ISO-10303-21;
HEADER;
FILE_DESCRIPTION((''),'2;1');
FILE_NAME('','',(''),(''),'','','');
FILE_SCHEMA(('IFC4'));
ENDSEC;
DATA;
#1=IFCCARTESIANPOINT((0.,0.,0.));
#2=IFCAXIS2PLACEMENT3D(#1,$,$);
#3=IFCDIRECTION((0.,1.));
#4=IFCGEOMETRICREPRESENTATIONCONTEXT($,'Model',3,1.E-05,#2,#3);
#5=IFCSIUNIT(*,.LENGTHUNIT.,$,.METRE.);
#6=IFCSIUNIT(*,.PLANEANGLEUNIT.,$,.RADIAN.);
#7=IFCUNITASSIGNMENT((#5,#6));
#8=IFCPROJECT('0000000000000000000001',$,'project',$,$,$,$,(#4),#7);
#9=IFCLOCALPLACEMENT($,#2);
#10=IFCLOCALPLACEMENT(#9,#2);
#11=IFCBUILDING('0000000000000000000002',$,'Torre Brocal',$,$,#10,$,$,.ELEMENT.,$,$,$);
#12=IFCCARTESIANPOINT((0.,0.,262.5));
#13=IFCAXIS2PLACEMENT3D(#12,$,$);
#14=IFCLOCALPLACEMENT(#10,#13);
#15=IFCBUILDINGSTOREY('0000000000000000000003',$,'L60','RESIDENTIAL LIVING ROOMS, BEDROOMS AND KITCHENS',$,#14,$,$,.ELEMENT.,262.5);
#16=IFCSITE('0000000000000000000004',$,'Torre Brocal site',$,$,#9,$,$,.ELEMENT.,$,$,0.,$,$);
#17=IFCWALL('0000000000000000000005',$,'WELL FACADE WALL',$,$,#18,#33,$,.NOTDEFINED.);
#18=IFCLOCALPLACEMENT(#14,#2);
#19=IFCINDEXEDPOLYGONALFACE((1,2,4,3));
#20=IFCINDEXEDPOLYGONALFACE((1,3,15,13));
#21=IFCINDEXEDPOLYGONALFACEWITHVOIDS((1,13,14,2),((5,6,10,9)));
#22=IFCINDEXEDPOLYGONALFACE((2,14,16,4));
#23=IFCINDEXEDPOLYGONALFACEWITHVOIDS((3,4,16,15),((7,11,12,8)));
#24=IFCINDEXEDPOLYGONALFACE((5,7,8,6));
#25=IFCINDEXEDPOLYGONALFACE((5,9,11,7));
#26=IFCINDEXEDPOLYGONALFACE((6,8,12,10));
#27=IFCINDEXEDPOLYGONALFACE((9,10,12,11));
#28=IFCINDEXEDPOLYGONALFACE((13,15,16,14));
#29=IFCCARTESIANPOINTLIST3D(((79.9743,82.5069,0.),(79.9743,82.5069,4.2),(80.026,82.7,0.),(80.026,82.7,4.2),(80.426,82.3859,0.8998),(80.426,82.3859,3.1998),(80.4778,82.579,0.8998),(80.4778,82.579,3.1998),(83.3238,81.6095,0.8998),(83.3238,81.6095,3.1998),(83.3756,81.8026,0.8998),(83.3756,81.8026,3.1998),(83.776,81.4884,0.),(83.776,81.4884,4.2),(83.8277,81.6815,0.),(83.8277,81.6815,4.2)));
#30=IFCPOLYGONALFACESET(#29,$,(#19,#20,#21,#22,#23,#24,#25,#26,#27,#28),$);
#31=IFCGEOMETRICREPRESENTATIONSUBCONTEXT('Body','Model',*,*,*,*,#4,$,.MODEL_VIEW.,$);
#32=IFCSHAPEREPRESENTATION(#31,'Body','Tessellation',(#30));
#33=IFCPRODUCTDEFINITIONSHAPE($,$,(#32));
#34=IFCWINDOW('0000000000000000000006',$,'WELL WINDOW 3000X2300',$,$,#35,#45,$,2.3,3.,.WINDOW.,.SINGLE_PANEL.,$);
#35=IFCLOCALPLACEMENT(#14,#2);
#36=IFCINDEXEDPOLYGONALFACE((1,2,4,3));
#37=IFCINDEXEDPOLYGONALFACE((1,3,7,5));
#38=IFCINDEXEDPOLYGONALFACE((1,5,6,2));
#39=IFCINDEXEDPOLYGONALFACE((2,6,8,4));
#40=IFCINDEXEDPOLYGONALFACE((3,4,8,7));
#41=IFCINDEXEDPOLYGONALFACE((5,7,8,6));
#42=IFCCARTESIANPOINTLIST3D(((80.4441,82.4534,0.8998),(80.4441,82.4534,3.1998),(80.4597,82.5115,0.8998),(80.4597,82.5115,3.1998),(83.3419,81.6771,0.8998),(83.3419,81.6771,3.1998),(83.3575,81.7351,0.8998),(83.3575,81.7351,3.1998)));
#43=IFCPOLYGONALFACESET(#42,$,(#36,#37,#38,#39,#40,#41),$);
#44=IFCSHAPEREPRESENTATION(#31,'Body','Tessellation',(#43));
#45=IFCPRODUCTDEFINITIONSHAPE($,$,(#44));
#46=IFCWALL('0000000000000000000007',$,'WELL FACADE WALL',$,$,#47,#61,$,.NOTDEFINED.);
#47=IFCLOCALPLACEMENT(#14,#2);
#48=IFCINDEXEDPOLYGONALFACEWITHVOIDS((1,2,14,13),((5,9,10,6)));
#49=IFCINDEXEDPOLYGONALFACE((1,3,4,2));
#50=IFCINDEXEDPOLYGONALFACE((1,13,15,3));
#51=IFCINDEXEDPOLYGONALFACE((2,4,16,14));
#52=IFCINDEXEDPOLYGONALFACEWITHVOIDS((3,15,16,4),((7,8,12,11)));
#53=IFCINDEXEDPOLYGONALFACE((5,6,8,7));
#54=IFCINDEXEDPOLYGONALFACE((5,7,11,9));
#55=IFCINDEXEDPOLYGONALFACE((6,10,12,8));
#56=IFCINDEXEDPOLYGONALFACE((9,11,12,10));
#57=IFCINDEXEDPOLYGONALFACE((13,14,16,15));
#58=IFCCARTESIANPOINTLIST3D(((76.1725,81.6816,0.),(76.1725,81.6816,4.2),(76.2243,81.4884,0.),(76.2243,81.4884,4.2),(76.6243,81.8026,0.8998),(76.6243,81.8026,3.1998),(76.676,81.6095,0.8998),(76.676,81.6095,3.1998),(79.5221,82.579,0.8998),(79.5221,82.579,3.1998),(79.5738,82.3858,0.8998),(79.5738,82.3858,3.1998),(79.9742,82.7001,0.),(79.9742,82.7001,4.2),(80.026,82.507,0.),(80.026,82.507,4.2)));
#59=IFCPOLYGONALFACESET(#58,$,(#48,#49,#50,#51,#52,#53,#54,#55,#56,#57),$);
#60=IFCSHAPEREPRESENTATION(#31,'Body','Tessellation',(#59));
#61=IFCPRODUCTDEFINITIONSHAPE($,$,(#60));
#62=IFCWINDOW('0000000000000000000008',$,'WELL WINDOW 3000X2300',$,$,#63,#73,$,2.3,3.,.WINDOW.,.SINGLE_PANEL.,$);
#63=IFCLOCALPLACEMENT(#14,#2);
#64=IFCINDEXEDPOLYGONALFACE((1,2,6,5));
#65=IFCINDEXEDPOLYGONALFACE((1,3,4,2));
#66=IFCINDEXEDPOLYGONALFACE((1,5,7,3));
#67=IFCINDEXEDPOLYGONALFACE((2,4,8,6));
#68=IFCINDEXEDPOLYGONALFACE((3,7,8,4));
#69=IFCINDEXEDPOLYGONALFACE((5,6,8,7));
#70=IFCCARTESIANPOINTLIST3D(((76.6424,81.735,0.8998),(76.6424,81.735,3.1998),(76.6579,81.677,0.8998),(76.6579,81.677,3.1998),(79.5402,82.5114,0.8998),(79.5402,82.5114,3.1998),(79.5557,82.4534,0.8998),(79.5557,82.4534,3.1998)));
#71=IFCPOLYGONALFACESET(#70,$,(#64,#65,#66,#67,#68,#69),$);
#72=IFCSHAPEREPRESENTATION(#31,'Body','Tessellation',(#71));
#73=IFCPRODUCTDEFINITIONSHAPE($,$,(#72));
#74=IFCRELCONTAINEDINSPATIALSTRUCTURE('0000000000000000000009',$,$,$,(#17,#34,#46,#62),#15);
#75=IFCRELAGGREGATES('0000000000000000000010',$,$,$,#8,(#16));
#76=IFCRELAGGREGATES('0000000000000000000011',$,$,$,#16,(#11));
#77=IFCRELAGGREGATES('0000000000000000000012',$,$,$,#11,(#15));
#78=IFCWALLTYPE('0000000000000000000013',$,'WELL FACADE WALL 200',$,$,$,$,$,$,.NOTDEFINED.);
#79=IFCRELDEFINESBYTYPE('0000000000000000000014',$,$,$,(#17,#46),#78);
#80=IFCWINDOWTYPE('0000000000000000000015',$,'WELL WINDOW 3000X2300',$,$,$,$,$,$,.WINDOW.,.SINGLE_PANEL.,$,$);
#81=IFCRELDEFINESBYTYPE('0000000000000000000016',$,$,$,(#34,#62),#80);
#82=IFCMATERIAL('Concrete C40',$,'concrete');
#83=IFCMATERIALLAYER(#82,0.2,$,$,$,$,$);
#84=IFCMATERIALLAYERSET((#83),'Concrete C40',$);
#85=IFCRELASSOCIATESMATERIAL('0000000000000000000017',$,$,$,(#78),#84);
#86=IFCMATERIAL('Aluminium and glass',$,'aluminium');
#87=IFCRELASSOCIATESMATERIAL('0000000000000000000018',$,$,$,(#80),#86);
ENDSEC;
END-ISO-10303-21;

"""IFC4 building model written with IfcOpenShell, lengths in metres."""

from ifc_helpers import new_model, si_unit, direction, frame, frame_2d, origin, place, context, subcontext, project, spatial, rectangle, extrude, material, layer, layer_set, type_object, element, fill, save


model = new_model("IFC4")

# Units and contexts
model_context = context("Model", 3, precision=1e-05, world=origin(), true_north=direction((0.0, 1.0)))
body_context = subcontext(model_context, "Body", "Model", "MODEL_VIEW")
ifc_project = project(units=[si_unit("LENGTHUNIT", "METRE"), si_unit("PLANEANGLEUNIT", "RADIAN")], contexts=[model_context])

# Site, building, storey
site_placement = place(None, origin())
site = spatial("IfcSite", under=ifc_project, at=site_placement, Name="Torre Brocal site", CompositionType="ELEMENT", RefElevation=0.0)
building_placement = place(site_placement, origin())
building = spatial("IfcBuilding", under=site, at=building_placement, Name="Torre Brocal", CompositionType="ELEMENT")
storey_placement = place(building_placement, frame((0.0, 0.0, 262.5)))
storey = spatial("IfcBuildingStorey", under=building, at=storey_placement, Name="L60", Description="RESIDENTIAL LIVING ROOMS, BEDROOMS AND KITCHENS", CompositionType="ELEMENT", Elevation=262.5)

# Walls, openings, windows
ifc_material_1 = material(Name="Concrete C40", Category="concrete")
ifc_layer_1 = layer(ifc_material_1, 0.2)
ifc_layer_set_1 = layer_set([ifc_layer_1], Name="Concrete C40")
wall_type_1 = type_object("IfcWallType", Name="WELL FACADE WALL 200", PredefinedType="NOTDEFINED", material=ifc_layer_set_1)
ifc_material_2 = material(Name="Aluminium and glass", Category="aluminium")
window_type = type_object("IfcWindowType", Name="WELL WINDOW 3000X2300", PartitioningType="SINGLE_PANEL", PredefinedType="WINDOW", material=ifc_material_2)
wall_1_placement = place(storey_placement, frame((83.8018, 81.585, 0.0), z_axis=(0.0, 0.0, 1.0), x_axis=(-0.965934, 0.25879, 0.0)))
wall_1 = element("IfcWall", 1, at=wall_1_placement, inside=storey, type_object=wall_type_1, Name="WELL FACADE WALL", PredefinedType="NOTDEFINED", context=body_context, shape_type="SweptSolid", body=[
    extrude(rectangle(XDim=3.9358, YDim=0.2, at=frame_2d((1.9678, 0.0))), origin(), (0.0, 0.0, 1.0), 4.2),
])
opening_1_placement = place(wall_1_placement, frame((0.468, 0.0, 0.8999)))
opening_1 = element("IfcOpeningElement", 2, at=opening_1_placement, cuts=wall_1, PredefinedType="OPENING", context=body_context, shape_type="SweptSolid", body=[
    extrude(rectangle(XDim=3.0, YDim=2.3, at=frame_2d((1.5, 1.1499))), frame((0.0, 0.1099, 0.0), z_axis=(0.0, -1.0, 0.0), x_axis=(1.0, 0.0, 0.0)), (0.0, 0.0, 1.0), 0.22),
])
window_1_placement = place(opening_1_placement, origin())
window_1 = element("IfcWindow", 3, at=window_1_placement, inside=storey, type_object=window_type, Name="WELL WINDOW 3000X2300", OverallHeight=2.3, OverallWidth=3.0, PartitioningType="SINGLE_PANEL", PredefinedType="WINDOW", context=body_context, shape_type="SweptSolid", body=[
    extrude(rectangle(XDim=3.0, YDim=2.3, at=frame_2d((1.5, 1.1499))), frame((0.0, 0.03, 0.0), z_axis=(0.0, -1.0, 0.0), x_axis=(1.0, 0.0, 0.0)), (0.0, 0.0, 1.0), 0.0601),
])
fill(opening_1, window_1)
wall_2_placement = place(storey_placement, frame((80.0, 82.6035, 0.0), z_axis=(0.0, 0.0, 1.0), x_axis=(-0.965934, -0.25879, 0.0)))
wall_2 = element("IfcWall", 4, at=wall_2_placement, inside=storey, type_object=wall_type_1, Name="WELL FACADE WALL", PredefinedType="NOTDEFINED", context=body_context, shape_type="SweptSolid", body=[
    extrude(rectangle(XDim=3.9358, YDim=0.2, at=frame_2d((1.9678, 0.0))), origin(), (0.0, 0.0, 1.0), 4.2),
])
opening_2_placement = place(wall_2_placement, frame((0.468, 0.0, 0.8999)))
opening_2 = element("IfcOpeningElement", 5, at=opening_2_placement, cuts=wall_2, PredefinedType="OPENING", context=body_context, shape_type="SweptSolid", body=[
    extrude(rectangle(XDim=3.0, YDim=2.3, at=frame_2d((1.5, 1.1499))), frame((0.0, 0.1099, 0.0), z_axis=(0.0, -1.0, 0.0), x_axis=(1.0, 0.0, 0.0)), (0.0, 0.0, 1.0), 0.22),
])
window_2_placement = place(opening_2_placement, origin())
window_2 = element("IfcWindow", 6, at=window_2_placement, inside=storey, type_object=window_type, Name="WELL WINDOW 3000X2300", OverallHeight=2.3, OverallWidth=3.0, PartitioningType="SINGLE_PANEL", PredefinedType="WINDOW", context=body_context, shape_type="SweptSolid", body=[
    extrude(rectangle(XDim=3.0, YDim=2.3, at=frame_2d((1.5, 1.1499))), frame((0.0, 0.03, 0.0), z_axis=(0.0, -1.0, 0.0), x_axis=(1.0, 0.0, 0.0)), (0.0, 0.0, 1.0), 0.0601),
])
fill(opening_2, window_2)

save(model, "model.ifc")
